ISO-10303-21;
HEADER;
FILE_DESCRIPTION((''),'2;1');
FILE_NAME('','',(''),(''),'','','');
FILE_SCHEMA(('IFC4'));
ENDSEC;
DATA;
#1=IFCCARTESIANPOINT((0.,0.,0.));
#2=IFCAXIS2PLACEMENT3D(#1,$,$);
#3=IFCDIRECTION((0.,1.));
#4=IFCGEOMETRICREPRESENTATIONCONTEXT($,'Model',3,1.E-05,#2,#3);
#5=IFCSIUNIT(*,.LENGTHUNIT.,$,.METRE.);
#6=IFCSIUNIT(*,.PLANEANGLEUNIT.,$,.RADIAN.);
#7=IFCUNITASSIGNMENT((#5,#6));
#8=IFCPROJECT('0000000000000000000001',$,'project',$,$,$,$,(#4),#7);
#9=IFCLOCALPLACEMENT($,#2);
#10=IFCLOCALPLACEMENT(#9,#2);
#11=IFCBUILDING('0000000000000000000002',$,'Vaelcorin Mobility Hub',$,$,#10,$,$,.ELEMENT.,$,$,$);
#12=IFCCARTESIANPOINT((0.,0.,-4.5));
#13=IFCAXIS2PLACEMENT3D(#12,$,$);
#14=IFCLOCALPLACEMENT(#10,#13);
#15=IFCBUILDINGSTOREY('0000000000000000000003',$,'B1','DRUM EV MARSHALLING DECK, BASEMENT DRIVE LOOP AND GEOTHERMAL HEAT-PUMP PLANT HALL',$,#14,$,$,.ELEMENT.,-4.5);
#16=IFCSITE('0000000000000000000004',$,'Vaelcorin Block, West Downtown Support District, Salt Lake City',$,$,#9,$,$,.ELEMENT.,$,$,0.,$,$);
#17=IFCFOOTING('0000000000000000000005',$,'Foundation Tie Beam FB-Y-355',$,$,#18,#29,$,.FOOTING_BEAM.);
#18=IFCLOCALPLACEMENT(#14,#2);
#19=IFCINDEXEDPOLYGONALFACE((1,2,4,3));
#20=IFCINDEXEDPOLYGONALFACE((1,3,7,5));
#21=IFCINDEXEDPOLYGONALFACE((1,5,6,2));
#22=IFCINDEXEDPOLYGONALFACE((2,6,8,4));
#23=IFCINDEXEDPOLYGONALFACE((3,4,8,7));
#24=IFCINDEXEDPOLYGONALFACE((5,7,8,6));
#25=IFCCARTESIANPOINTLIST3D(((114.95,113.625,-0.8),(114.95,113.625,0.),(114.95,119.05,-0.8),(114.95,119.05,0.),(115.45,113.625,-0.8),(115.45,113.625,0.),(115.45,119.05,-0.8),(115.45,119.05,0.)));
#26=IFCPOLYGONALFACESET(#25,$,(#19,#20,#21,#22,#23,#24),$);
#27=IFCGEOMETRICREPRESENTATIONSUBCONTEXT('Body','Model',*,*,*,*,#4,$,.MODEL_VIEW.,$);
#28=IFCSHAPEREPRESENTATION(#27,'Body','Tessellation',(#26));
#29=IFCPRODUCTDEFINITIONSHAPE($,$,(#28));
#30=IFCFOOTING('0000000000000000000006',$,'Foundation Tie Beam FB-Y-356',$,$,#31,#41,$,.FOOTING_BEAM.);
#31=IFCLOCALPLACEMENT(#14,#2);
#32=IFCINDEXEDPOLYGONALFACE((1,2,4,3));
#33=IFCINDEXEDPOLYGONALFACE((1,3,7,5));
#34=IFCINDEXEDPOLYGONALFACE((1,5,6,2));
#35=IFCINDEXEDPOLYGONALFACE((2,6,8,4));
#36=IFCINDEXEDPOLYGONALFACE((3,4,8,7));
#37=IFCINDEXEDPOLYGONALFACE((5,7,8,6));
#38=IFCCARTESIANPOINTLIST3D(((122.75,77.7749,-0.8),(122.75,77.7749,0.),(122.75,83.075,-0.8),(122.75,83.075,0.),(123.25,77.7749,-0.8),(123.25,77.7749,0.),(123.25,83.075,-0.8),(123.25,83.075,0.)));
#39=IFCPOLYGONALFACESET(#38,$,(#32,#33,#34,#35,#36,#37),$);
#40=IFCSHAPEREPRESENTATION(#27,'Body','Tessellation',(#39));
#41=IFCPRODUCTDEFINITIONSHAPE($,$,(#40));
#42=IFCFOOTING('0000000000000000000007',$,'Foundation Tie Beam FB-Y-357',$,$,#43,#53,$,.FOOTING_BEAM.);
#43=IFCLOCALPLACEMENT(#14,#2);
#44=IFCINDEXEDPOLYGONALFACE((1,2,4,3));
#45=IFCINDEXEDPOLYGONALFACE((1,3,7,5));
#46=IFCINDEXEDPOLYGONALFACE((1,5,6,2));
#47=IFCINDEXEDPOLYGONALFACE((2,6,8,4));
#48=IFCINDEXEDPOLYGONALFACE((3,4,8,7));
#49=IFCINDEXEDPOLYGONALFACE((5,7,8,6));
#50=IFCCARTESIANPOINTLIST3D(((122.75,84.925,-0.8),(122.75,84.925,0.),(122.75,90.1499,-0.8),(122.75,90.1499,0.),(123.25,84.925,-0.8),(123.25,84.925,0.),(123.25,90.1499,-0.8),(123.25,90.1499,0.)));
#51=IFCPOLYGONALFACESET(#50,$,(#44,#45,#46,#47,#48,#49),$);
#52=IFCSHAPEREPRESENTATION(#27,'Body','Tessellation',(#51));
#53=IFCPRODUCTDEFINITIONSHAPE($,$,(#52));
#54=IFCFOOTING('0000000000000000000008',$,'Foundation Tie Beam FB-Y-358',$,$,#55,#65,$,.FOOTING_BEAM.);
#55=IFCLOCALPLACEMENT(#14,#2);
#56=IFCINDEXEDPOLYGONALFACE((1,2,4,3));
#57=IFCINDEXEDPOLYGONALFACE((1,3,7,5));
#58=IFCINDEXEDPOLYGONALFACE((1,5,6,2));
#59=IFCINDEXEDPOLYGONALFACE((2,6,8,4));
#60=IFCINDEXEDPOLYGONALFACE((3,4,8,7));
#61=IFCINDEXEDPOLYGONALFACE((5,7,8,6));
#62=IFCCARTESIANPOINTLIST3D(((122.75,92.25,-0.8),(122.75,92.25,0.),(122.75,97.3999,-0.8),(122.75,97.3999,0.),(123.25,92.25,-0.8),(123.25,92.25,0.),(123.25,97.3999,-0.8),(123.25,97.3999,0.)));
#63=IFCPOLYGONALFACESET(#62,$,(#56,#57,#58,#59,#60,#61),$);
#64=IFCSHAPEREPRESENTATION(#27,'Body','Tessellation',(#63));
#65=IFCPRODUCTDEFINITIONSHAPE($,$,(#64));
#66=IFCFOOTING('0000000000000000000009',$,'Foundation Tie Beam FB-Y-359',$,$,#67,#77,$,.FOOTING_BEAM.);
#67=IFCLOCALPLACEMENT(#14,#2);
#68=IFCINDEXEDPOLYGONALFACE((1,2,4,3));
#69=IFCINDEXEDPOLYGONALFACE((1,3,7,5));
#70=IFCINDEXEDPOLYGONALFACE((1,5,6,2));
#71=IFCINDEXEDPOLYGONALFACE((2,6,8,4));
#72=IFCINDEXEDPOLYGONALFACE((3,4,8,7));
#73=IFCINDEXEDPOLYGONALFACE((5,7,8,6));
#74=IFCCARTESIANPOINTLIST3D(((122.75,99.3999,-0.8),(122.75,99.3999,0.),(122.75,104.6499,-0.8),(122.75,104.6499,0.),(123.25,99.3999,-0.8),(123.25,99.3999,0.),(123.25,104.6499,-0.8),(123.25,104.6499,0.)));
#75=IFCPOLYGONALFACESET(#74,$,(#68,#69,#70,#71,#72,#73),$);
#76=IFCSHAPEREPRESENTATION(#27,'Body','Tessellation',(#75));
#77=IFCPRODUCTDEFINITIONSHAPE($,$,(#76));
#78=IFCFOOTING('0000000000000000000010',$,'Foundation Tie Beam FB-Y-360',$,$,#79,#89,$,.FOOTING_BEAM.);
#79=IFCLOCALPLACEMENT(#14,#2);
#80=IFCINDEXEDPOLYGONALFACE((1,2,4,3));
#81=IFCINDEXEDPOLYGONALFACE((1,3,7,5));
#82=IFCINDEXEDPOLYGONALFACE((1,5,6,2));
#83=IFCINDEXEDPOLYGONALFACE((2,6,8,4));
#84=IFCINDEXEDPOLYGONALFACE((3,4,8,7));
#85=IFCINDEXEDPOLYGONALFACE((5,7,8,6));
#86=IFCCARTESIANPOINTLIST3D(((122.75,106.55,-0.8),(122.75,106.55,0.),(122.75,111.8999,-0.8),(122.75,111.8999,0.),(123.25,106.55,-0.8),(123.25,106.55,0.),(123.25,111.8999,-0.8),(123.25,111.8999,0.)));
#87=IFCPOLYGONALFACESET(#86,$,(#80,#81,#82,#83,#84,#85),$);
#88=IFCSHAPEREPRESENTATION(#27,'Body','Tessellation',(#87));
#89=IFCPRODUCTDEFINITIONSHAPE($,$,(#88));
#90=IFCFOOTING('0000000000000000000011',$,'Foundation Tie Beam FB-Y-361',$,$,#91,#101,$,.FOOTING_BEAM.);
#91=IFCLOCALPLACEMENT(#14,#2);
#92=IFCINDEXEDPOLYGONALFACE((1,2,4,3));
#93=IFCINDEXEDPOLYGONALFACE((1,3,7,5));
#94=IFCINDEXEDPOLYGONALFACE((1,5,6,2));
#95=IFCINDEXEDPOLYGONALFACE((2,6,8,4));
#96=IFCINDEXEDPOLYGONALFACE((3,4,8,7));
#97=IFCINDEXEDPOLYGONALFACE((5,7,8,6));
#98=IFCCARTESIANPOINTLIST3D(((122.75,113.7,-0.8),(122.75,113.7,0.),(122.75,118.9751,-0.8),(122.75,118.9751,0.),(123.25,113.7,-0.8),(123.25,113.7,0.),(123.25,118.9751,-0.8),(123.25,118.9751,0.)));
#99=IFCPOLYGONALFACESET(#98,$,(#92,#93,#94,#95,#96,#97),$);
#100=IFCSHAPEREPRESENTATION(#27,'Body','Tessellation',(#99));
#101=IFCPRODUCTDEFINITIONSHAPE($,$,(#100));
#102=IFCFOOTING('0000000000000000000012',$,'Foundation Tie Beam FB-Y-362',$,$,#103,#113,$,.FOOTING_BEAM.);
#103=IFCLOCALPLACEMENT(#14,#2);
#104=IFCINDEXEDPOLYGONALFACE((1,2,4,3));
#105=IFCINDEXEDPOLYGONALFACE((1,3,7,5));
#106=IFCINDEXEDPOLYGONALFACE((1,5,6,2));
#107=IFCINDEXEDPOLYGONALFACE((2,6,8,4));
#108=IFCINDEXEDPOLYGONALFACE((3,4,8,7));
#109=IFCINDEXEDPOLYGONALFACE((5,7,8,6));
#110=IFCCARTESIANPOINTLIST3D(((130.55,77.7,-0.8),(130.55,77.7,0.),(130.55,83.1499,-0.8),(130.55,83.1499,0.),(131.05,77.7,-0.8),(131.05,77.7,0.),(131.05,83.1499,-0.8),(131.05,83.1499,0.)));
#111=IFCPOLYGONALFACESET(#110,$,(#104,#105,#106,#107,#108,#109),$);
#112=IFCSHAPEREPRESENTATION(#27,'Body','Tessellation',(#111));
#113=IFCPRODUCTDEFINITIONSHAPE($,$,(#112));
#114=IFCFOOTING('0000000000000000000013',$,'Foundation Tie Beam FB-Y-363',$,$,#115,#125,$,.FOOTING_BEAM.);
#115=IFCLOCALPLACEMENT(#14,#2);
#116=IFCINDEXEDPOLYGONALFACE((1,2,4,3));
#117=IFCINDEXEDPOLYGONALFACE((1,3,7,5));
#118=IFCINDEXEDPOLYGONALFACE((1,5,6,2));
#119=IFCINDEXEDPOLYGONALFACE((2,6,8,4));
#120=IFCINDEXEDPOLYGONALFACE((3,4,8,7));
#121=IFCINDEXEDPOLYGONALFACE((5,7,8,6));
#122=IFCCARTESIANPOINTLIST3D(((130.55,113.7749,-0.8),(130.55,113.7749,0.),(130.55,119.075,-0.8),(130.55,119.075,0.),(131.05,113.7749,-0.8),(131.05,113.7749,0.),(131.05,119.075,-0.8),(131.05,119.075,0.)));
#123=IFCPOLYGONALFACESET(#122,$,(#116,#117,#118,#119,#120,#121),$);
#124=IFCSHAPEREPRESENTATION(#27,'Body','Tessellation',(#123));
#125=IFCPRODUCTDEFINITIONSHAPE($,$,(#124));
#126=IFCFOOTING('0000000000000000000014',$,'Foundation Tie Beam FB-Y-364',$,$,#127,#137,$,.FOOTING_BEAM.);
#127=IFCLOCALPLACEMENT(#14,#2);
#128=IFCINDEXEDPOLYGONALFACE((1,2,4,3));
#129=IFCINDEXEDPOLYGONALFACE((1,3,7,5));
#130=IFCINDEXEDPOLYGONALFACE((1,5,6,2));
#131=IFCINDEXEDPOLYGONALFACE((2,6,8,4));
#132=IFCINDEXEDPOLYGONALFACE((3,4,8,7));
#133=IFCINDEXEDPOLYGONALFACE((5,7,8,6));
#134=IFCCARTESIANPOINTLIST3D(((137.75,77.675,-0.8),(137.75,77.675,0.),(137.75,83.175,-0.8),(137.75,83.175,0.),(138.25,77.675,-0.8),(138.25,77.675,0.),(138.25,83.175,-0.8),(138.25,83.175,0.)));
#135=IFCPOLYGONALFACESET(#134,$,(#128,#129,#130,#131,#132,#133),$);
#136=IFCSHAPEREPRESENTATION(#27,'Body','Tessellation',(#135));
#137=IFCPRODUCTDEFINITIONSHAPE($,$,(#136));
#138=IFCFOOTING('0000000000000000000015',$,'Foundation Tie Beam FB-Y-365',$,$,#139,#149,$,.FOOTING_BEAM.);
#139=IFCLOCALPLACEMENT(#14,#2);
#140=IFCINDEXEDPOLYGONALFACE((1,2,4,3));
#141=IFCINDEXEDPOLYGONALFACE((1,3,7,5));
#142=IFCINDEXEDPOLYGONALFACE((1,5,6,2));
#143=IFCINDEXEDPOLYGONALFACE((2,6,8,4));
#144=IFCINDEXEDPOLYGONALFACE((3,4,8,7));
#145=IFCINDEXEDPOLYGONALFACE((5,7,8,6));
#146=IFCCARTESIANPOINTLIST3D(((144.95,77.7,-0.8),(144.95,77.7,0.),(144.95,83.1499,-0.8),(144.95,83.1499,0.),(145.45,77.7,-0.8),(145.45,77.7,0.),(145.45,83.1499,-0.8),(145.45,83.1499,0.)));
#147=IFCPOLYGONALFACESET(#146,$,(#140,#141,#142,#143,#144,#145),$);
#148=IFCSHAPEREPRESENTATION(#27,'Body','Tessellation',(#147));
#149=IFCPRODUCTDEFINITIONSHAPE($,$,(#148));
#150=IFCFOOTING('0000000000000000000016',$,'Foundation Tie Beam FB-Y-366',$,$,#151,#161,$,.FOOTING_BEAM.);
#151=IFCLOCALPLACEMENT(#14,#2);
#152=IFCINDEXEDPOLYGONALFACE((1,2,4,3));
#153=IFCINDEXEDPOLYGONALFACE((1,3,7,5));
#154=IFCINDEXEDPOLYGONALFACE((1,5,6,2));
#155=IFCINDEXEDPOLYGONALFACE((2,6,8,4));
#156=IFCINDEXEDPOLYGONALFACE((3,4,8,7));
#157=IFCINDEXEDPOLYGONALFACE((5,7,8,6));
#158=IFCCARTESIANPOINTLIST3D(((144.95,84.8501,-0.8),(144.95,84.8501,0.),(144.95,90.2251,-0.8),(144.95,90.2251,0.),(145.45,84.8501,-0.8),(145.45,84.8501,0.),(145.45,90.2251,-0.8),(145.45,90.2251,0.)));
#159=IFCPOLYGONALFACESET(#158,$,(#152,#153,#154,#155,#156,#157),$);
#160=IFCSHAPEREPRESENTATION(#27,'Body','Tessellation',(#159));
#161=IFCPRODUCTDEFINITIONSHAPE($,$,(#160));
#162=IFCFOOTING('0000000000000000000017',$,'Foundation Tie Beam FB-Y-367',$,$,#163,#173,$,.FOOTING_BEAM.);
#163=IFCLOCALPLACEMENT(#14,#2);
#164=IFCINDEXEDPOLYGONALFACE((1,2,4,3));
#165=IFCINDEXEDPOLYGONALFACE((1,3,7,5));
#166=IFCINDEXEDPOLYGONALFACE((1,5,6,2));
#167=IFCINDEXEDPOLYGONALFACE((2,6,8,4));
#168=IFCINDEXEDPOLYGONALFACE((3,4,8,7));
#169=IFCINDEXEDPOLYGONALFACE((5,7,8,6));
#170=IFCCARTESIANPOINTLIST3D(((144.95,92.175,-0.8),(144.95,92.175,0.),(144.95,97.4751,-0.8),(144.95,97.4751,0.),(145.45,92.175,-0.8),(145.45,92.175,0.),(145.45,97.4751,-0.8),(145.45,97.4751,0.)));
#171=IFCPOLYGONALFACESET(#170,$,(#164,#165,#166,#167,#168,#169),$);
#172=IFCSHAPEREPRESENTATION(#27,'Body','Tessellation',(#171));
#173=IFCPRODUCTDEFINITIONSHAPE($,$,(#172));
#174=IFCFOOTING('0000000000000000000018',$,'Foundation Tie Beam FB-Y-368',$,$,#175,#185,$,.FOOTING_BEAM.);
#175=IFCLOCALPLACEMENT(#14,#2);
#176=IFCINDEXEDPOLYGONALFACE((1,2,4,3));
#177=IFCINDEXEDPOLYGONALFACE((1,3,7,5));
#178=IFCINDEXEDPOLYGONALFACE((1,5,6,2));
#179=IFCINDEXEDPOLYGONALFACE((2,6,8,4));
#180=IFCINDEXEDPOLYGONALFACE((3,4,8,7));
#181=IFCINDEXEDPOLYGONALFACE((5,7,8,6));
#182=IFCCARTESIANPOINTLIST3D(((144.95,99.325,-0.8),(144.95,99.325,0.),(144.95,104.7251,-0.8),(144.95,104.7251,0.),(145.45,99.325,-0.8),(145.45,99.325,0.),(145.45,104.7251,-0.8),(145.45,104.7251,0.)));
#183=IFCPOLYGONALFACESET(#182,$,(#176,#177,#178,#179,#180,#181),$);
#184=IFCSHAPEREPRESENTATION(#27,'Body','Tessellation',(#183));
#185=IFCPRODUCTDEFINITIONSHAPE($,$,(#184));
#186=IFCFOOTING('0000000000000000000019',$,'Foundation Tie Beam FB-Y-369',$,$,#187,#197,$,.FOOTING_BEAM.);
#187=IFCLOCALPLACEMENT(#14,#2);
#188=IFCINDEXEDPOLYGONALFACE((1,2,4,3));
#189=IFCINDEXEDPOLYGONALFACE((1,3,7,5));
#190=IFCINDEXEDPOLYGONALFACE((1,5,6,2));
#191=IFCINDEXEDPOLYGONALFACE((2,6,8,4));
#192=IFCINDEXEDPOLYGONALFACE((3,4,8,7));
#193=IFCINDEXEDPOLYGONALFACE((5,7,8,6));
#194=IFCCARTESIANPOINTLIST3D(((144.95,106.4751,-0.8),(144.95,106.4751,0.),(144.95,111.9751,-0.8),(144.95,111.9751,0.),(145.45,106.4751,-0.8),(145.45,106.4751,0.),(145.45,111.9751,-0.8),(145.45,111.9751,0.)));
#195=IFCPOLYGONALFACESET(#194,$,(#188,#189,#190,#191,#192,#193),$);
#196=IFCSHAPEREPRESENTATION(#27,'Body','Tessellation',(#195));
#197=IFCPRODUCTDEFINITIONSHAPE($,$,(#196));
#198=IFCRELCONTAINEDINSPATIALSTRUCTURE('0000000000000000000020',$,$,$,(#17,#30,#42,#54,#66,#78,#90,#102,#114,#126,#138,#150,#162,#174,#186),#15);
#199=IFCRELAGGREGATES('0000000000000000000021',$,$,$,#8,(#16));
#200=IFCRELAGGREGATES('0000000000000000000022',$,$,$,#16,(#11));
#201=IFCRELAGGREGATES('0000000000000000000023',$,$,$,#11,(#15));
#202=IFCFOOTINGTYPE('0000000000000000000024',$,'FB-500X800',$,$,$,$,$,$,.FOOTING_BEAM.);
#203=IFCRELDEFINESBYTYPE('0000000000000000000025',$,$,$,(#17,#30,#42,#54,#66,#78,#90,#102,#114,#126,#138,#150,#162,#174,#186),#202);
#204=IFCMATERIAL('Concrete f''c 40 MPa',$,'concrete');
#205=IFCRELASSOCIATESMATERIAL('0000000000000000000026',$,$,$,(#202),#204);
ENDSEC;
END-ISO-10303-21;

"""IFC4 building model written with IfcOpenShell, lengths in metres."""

from ifc_helpers import new_model, si_unit, direction, frame, origin, place, context, subcontext, project, spatial, polyline, outline, extrude, material, type_object, element, save


model = new_model("IFC4")

# Units and contexts
model_context = context("Model", 3, precision=1e-05, world=origin(), true_north=direction((0.0, 1.0)))
body_context = subcontext(model_context, "Body", "Model", "MODEL_VIEW")
ifc_project = project(units=[si_unit("LENGTHUNIT", "METRE"), si_unit("PLANEANGLEUNIT", "RADIAN")], contexts=[model_context])

# Site, building, storey
site_placement = place(None, origin())
site = spatial("IfcSite", under=ifc_project, at=site_placement, Name="Vaelcorin Block, West Downtown Support District, Salt Lake City", CompositionType="ELEMENT", RefElevation=0.0)
building_placement = place(site_placement, origin())
building = spatial("IfcBuilding", under=site, at=building_placement, Name="Vaelcorin Mobility Hub", CompositionType="ELEMENT")
storey_placement = place(building_placement, frame((0.0, 0.0, -4.5)))
storey = spatial("IfcBuildingStorey", under=building, at=storey_placement, Name="B1", Description="DRUM EV MARSHALLING DECK, BASEMENT DRIVE LOOP AND GEOTHERMAL HEAT-PUMP PLANT HALL", CompositionType="ELEMENT", Elevation=-4.5)

# Footings
ifc_material = material(Name="Concrete f'c 40 MPa", Category="concrete")
footing_type = type_object("IfcFootingType", Name="FB-500X800", PredefinedType="FOOTING_BEAM", material=ifc_material)
footing_1_placement = place(storey_placement, frame((0.0, 0.0, -0.8)))
element("IfcFooting", 1, at=footing_1_placement, inside=storey, type_object=footing_type, Name="Foundation Tie Beam FB-Y-355", PredefinedType="FOOTING_BEAM", context=body_context, shape_type="SweptSolid", body=[
    extrude(outline(polyline([(114.95, 113.625), (115.45, 113.625), (115.45, 119.05), (114.95, 119.05), (114.95, 113.625)])), origin(), (0.0, 0.0, 1.0), 0.8),
])
footing_2_placement = place(storey_placement, frame((0.0, 0.0, -0.8)))
element("IfcFooting", 2, at=footing_2_placement, inside=storey, type_object=footing_type, Name="Foundation Tie Beam FB-Y-356", PredefinedType="FOOTING_BEAM", context=body_context, shape_type="SweptSolid", body=[
    extrude(outline(polyline([(122.75, 77.7749), (123.25, 77.7749), (123.25, 83.075), (122.75, 83.075), (122.75, 77.7749)])), origin(), (0.0, 0.0, 1.0), 0.8),
])
footing_3_placement = place(storey_placement, frame((0.0, 0.0, -0.8)))
element("IfcFooting", 3, at=footing_3_placement, inside=storey, type_object=footing_type, Name="Foundation Tie Beam FB-Y-357", PredefinedType="FOOTING_BEAM", context=body_context, shape_type="SweptSolid", body=[
    extrude(outline(polyline([(122.75, 84.925), (123.25, 84.925), (123.25, 90.1499), (122.75, 90.1499), (122.75, 84.925)])), origin(), (0.0, 0.0, 1.0), 0.8),
])
footing_4_placement = place(storey_placement, frame((0.0, 0.0, -0.8)))
element("IfcFooting", 4, at=footing_4_placement, inside=storey, type_object=footing_type, Name="Foundation Tie Beam FB-Y-358", PredefinedType="FOOTING_BEAM", context=body_context, shape_type="SweptSolid", body=[
    extrude(outline(polyline([(122.75, 92.25), (123.25, 92.25), (123.25, 97.3999), (122.75, 97.3999), (122.75, 92.25)])), origin(), (0.0, 0.0, 1.0), 0.8),
])
footing_5_placement = place(storey_placement, frame((0.0, 0.0, -0.8)))
element("IfcFooting", 5, at=footing_5_placement, inside=storey, type_object=footing_type, Name="Foundation Tie Beam FB-Y-359", PredefinedType="FOOTING_BEAM", context=body_context, shape_type="SweptSolid", body=[
    extrude(outline(polyline([(122.75, 99.3999), (123.25, 99.3999), (123.25, 104.6499), (122.75, 104.6499), (122.75, 99.3999)])), origin(), (0.0, 0.0, 1.0), 0.8),
])
footing_6_placement = place(storey_placement, frame((0.0, 0.0, -0.8)))
element("IfcFooting", 6, at=footing_6_placement, inside=storey, type_object=footing_type, Name="Foundation Tie Beam FB-Y-360", PredefinedType="FOOTING_BEAM", context=body_context, shape_type="SweptSolid", body=[
    extrude(outline(polyline([(122.75, 106.55), (123.25, 106.55), (123.25, 111.8999), (122.75, 111.8999), (122.75, 106.55)])), origin(), (0.0, 0.0, 1.0), 0.8),
])
footing_7_placement = place(storey_placement, frame((0.0, 0.0, -0.8)))
element("IfcFooting", 7, at=footing_7_placement, inside=storey, type_object=footing_type, Name="Foundation Tie Beam FB-Y-361", PredefinedType="FOOTING_BEAM", context=body_context, shape_type="SweptSolid", body=[
    extrude(outline(polyline([(122.75, 113.7), (123.25, 113.7), (123.25, 118.9751), (122.75, 118.9751), (122.75, 113.7)])), origin(), (0.0, 0.0, 1.0), 0.8),
])
footing_8_placement = place(storey_placement, frame((0.0, 0.0, -0.8)))
element("IfcFooting", 8, at=footing_8_placement, inside=storey, type_object=footing_type, Name="Foundation Tie Beam FB-Y-362", PredefinedType="FOOTING_BEAM", context=body_context, shape_type="SweptSolid", body=[
    extrude(outline(polyline([(130.55, 77.7), (131.05, 77.7), (131.05, 83.1499), (130.55, 83.1499), (130.55, 77.7)])), origin(), (0.0, 0.0, 1.0), 0.8),
])
footing_9_placement = place(storey_placement, frame((0.0, 0.0, -0.8)))
element("IfcFooting", 9, at=footing_9_placement, inside=storey, type_object=footing_type, Name="Foundation Tie Beam FB-Y-363", PredefinedType="FOOTING_BEAM", context=body_context, shape_type="SweptSolid", body=[
    extrude(outline(polyline([(130.55, 113.7749), (131.05, 113.7749), (131.05, 119.075), (130.55, 119.075), (130.55, 113.7749)])), origin(), (0.0, 0.0, 1.0), 0.8),
])
footing_10_placement = place(storey_placement, frame((0.0, 0.0, -0.8)))
element("IfcFooting", 10, at=footing_10_placement, inside=storey, type_object=footing_type, Name="Foundation Tie Beam FB-Y-364", PredefinedType="FOOTING_BEAM", context=body_context, shape_type="SweptSolid", body=[
    extrude(outline(polyline([(137.75, 77.675), (138.25, 77.675), (138.25, 83.175), (137.75, 83.175), (137.75, 77.675)])), origin(), (0.0, 0.0, 1.0), 0.8),
])
footing_11_placement = place(storey_placement, frame((0.0, 0.0, -0.8)))
element("IfcFooting", 11, at=footing_11_placement, inside=storey, type_object=footing_type, Name="Foundation Tie Beam FB-Y-365", PredefinedType="FOOTING_BEAM", context=body_context, shape_type="SweptSolid", body=[
    extrude(outline(polyline([(144.95, 77.7), (145.45, 77.7), (145.45, 83.1499), (144.95, 83.1499), (144.95, 77.7)])), origin(), (0.0, 0.0, 1.0), 0.8),
])
footing_12_placement = place(storey_placement, frame((0.0, 0.0, -0.8)))
element("IfcFooting", 12, at=footing_12_placement, inside=storey, type_object=footing_type, Name="Foundation Tie Beam FB-Y-366", PredefinedType="FOOTING_BEAM", context=body_context, shape_type="SweptSolid", body=[
    extrude(outline(polyline([(144.95, 84.8501), (145.45, 84.8501), (145.45, 90.2251), (144.95, 90.2251), (144.95, 84.8501)])), origin(), (0.0, 0.0, 1.0), 0.8),
])
footing_13_placement = place(storey_placement, frame((0.0, 0.0, -0.8)))
element("IfcFooting", 13, at=footing_13_placement, inside=storey, type_object=footing_type, Name="Foundation Tie Beam FB-Y-367", PredefinedType="FOOTING_BEAM", context=body_context, shape_type="SweptSolid", body=[
    extrude(outline(polyline([(144.95, 92.175), (145.45, 92.175), (145.45, 97.4751), (144.95, 97.4751), (144.95, 92.175)])), origin(), (0.0, 0.0, 1.0), 0.8),
])
footing_14_placement = place(storey_placement, frame((0.0, 0.0, -0.8)))
element("IfcFooting", 14, at=footing_14_placement, inside=storey, type_object=footing_type, Name="Foundation Tie Beam FB-Y-368", PredefinedType="FOOTING_BEAM", context=body_context, shape_type="SweptSolid", body=[
    extrude(outline(polyline([(144.95, 99.325), (145.45, 99.325), (145.45, 104.7251), (144.95, 104.7251), (144.95, 99.325)])), origin(), (0.0, 0.0, 1.0), 0.8),
])
footing_15_placement = place(storey_placement, frame((0.0, 0.0, -0.8)))
element("IfcFooting", 15, at=footing_15_placement, inside=storey, type_object=footing_type, Name="Foundation Tie Beam FB-Y-369", PredefinedType="FOOTING_BEAM", context=body_context, shape_type="SweptSolid", body=[
    extrude(outline(polyline([(144.95, 106.4751), (145.45, 106.4751), (145.45, 111.9751), (144.95, 111.9751), (144.95, 106.4751)])), origin(), (0.0, 0.0, 1.0), 0.8),
])

save(model, "model.ifc")
